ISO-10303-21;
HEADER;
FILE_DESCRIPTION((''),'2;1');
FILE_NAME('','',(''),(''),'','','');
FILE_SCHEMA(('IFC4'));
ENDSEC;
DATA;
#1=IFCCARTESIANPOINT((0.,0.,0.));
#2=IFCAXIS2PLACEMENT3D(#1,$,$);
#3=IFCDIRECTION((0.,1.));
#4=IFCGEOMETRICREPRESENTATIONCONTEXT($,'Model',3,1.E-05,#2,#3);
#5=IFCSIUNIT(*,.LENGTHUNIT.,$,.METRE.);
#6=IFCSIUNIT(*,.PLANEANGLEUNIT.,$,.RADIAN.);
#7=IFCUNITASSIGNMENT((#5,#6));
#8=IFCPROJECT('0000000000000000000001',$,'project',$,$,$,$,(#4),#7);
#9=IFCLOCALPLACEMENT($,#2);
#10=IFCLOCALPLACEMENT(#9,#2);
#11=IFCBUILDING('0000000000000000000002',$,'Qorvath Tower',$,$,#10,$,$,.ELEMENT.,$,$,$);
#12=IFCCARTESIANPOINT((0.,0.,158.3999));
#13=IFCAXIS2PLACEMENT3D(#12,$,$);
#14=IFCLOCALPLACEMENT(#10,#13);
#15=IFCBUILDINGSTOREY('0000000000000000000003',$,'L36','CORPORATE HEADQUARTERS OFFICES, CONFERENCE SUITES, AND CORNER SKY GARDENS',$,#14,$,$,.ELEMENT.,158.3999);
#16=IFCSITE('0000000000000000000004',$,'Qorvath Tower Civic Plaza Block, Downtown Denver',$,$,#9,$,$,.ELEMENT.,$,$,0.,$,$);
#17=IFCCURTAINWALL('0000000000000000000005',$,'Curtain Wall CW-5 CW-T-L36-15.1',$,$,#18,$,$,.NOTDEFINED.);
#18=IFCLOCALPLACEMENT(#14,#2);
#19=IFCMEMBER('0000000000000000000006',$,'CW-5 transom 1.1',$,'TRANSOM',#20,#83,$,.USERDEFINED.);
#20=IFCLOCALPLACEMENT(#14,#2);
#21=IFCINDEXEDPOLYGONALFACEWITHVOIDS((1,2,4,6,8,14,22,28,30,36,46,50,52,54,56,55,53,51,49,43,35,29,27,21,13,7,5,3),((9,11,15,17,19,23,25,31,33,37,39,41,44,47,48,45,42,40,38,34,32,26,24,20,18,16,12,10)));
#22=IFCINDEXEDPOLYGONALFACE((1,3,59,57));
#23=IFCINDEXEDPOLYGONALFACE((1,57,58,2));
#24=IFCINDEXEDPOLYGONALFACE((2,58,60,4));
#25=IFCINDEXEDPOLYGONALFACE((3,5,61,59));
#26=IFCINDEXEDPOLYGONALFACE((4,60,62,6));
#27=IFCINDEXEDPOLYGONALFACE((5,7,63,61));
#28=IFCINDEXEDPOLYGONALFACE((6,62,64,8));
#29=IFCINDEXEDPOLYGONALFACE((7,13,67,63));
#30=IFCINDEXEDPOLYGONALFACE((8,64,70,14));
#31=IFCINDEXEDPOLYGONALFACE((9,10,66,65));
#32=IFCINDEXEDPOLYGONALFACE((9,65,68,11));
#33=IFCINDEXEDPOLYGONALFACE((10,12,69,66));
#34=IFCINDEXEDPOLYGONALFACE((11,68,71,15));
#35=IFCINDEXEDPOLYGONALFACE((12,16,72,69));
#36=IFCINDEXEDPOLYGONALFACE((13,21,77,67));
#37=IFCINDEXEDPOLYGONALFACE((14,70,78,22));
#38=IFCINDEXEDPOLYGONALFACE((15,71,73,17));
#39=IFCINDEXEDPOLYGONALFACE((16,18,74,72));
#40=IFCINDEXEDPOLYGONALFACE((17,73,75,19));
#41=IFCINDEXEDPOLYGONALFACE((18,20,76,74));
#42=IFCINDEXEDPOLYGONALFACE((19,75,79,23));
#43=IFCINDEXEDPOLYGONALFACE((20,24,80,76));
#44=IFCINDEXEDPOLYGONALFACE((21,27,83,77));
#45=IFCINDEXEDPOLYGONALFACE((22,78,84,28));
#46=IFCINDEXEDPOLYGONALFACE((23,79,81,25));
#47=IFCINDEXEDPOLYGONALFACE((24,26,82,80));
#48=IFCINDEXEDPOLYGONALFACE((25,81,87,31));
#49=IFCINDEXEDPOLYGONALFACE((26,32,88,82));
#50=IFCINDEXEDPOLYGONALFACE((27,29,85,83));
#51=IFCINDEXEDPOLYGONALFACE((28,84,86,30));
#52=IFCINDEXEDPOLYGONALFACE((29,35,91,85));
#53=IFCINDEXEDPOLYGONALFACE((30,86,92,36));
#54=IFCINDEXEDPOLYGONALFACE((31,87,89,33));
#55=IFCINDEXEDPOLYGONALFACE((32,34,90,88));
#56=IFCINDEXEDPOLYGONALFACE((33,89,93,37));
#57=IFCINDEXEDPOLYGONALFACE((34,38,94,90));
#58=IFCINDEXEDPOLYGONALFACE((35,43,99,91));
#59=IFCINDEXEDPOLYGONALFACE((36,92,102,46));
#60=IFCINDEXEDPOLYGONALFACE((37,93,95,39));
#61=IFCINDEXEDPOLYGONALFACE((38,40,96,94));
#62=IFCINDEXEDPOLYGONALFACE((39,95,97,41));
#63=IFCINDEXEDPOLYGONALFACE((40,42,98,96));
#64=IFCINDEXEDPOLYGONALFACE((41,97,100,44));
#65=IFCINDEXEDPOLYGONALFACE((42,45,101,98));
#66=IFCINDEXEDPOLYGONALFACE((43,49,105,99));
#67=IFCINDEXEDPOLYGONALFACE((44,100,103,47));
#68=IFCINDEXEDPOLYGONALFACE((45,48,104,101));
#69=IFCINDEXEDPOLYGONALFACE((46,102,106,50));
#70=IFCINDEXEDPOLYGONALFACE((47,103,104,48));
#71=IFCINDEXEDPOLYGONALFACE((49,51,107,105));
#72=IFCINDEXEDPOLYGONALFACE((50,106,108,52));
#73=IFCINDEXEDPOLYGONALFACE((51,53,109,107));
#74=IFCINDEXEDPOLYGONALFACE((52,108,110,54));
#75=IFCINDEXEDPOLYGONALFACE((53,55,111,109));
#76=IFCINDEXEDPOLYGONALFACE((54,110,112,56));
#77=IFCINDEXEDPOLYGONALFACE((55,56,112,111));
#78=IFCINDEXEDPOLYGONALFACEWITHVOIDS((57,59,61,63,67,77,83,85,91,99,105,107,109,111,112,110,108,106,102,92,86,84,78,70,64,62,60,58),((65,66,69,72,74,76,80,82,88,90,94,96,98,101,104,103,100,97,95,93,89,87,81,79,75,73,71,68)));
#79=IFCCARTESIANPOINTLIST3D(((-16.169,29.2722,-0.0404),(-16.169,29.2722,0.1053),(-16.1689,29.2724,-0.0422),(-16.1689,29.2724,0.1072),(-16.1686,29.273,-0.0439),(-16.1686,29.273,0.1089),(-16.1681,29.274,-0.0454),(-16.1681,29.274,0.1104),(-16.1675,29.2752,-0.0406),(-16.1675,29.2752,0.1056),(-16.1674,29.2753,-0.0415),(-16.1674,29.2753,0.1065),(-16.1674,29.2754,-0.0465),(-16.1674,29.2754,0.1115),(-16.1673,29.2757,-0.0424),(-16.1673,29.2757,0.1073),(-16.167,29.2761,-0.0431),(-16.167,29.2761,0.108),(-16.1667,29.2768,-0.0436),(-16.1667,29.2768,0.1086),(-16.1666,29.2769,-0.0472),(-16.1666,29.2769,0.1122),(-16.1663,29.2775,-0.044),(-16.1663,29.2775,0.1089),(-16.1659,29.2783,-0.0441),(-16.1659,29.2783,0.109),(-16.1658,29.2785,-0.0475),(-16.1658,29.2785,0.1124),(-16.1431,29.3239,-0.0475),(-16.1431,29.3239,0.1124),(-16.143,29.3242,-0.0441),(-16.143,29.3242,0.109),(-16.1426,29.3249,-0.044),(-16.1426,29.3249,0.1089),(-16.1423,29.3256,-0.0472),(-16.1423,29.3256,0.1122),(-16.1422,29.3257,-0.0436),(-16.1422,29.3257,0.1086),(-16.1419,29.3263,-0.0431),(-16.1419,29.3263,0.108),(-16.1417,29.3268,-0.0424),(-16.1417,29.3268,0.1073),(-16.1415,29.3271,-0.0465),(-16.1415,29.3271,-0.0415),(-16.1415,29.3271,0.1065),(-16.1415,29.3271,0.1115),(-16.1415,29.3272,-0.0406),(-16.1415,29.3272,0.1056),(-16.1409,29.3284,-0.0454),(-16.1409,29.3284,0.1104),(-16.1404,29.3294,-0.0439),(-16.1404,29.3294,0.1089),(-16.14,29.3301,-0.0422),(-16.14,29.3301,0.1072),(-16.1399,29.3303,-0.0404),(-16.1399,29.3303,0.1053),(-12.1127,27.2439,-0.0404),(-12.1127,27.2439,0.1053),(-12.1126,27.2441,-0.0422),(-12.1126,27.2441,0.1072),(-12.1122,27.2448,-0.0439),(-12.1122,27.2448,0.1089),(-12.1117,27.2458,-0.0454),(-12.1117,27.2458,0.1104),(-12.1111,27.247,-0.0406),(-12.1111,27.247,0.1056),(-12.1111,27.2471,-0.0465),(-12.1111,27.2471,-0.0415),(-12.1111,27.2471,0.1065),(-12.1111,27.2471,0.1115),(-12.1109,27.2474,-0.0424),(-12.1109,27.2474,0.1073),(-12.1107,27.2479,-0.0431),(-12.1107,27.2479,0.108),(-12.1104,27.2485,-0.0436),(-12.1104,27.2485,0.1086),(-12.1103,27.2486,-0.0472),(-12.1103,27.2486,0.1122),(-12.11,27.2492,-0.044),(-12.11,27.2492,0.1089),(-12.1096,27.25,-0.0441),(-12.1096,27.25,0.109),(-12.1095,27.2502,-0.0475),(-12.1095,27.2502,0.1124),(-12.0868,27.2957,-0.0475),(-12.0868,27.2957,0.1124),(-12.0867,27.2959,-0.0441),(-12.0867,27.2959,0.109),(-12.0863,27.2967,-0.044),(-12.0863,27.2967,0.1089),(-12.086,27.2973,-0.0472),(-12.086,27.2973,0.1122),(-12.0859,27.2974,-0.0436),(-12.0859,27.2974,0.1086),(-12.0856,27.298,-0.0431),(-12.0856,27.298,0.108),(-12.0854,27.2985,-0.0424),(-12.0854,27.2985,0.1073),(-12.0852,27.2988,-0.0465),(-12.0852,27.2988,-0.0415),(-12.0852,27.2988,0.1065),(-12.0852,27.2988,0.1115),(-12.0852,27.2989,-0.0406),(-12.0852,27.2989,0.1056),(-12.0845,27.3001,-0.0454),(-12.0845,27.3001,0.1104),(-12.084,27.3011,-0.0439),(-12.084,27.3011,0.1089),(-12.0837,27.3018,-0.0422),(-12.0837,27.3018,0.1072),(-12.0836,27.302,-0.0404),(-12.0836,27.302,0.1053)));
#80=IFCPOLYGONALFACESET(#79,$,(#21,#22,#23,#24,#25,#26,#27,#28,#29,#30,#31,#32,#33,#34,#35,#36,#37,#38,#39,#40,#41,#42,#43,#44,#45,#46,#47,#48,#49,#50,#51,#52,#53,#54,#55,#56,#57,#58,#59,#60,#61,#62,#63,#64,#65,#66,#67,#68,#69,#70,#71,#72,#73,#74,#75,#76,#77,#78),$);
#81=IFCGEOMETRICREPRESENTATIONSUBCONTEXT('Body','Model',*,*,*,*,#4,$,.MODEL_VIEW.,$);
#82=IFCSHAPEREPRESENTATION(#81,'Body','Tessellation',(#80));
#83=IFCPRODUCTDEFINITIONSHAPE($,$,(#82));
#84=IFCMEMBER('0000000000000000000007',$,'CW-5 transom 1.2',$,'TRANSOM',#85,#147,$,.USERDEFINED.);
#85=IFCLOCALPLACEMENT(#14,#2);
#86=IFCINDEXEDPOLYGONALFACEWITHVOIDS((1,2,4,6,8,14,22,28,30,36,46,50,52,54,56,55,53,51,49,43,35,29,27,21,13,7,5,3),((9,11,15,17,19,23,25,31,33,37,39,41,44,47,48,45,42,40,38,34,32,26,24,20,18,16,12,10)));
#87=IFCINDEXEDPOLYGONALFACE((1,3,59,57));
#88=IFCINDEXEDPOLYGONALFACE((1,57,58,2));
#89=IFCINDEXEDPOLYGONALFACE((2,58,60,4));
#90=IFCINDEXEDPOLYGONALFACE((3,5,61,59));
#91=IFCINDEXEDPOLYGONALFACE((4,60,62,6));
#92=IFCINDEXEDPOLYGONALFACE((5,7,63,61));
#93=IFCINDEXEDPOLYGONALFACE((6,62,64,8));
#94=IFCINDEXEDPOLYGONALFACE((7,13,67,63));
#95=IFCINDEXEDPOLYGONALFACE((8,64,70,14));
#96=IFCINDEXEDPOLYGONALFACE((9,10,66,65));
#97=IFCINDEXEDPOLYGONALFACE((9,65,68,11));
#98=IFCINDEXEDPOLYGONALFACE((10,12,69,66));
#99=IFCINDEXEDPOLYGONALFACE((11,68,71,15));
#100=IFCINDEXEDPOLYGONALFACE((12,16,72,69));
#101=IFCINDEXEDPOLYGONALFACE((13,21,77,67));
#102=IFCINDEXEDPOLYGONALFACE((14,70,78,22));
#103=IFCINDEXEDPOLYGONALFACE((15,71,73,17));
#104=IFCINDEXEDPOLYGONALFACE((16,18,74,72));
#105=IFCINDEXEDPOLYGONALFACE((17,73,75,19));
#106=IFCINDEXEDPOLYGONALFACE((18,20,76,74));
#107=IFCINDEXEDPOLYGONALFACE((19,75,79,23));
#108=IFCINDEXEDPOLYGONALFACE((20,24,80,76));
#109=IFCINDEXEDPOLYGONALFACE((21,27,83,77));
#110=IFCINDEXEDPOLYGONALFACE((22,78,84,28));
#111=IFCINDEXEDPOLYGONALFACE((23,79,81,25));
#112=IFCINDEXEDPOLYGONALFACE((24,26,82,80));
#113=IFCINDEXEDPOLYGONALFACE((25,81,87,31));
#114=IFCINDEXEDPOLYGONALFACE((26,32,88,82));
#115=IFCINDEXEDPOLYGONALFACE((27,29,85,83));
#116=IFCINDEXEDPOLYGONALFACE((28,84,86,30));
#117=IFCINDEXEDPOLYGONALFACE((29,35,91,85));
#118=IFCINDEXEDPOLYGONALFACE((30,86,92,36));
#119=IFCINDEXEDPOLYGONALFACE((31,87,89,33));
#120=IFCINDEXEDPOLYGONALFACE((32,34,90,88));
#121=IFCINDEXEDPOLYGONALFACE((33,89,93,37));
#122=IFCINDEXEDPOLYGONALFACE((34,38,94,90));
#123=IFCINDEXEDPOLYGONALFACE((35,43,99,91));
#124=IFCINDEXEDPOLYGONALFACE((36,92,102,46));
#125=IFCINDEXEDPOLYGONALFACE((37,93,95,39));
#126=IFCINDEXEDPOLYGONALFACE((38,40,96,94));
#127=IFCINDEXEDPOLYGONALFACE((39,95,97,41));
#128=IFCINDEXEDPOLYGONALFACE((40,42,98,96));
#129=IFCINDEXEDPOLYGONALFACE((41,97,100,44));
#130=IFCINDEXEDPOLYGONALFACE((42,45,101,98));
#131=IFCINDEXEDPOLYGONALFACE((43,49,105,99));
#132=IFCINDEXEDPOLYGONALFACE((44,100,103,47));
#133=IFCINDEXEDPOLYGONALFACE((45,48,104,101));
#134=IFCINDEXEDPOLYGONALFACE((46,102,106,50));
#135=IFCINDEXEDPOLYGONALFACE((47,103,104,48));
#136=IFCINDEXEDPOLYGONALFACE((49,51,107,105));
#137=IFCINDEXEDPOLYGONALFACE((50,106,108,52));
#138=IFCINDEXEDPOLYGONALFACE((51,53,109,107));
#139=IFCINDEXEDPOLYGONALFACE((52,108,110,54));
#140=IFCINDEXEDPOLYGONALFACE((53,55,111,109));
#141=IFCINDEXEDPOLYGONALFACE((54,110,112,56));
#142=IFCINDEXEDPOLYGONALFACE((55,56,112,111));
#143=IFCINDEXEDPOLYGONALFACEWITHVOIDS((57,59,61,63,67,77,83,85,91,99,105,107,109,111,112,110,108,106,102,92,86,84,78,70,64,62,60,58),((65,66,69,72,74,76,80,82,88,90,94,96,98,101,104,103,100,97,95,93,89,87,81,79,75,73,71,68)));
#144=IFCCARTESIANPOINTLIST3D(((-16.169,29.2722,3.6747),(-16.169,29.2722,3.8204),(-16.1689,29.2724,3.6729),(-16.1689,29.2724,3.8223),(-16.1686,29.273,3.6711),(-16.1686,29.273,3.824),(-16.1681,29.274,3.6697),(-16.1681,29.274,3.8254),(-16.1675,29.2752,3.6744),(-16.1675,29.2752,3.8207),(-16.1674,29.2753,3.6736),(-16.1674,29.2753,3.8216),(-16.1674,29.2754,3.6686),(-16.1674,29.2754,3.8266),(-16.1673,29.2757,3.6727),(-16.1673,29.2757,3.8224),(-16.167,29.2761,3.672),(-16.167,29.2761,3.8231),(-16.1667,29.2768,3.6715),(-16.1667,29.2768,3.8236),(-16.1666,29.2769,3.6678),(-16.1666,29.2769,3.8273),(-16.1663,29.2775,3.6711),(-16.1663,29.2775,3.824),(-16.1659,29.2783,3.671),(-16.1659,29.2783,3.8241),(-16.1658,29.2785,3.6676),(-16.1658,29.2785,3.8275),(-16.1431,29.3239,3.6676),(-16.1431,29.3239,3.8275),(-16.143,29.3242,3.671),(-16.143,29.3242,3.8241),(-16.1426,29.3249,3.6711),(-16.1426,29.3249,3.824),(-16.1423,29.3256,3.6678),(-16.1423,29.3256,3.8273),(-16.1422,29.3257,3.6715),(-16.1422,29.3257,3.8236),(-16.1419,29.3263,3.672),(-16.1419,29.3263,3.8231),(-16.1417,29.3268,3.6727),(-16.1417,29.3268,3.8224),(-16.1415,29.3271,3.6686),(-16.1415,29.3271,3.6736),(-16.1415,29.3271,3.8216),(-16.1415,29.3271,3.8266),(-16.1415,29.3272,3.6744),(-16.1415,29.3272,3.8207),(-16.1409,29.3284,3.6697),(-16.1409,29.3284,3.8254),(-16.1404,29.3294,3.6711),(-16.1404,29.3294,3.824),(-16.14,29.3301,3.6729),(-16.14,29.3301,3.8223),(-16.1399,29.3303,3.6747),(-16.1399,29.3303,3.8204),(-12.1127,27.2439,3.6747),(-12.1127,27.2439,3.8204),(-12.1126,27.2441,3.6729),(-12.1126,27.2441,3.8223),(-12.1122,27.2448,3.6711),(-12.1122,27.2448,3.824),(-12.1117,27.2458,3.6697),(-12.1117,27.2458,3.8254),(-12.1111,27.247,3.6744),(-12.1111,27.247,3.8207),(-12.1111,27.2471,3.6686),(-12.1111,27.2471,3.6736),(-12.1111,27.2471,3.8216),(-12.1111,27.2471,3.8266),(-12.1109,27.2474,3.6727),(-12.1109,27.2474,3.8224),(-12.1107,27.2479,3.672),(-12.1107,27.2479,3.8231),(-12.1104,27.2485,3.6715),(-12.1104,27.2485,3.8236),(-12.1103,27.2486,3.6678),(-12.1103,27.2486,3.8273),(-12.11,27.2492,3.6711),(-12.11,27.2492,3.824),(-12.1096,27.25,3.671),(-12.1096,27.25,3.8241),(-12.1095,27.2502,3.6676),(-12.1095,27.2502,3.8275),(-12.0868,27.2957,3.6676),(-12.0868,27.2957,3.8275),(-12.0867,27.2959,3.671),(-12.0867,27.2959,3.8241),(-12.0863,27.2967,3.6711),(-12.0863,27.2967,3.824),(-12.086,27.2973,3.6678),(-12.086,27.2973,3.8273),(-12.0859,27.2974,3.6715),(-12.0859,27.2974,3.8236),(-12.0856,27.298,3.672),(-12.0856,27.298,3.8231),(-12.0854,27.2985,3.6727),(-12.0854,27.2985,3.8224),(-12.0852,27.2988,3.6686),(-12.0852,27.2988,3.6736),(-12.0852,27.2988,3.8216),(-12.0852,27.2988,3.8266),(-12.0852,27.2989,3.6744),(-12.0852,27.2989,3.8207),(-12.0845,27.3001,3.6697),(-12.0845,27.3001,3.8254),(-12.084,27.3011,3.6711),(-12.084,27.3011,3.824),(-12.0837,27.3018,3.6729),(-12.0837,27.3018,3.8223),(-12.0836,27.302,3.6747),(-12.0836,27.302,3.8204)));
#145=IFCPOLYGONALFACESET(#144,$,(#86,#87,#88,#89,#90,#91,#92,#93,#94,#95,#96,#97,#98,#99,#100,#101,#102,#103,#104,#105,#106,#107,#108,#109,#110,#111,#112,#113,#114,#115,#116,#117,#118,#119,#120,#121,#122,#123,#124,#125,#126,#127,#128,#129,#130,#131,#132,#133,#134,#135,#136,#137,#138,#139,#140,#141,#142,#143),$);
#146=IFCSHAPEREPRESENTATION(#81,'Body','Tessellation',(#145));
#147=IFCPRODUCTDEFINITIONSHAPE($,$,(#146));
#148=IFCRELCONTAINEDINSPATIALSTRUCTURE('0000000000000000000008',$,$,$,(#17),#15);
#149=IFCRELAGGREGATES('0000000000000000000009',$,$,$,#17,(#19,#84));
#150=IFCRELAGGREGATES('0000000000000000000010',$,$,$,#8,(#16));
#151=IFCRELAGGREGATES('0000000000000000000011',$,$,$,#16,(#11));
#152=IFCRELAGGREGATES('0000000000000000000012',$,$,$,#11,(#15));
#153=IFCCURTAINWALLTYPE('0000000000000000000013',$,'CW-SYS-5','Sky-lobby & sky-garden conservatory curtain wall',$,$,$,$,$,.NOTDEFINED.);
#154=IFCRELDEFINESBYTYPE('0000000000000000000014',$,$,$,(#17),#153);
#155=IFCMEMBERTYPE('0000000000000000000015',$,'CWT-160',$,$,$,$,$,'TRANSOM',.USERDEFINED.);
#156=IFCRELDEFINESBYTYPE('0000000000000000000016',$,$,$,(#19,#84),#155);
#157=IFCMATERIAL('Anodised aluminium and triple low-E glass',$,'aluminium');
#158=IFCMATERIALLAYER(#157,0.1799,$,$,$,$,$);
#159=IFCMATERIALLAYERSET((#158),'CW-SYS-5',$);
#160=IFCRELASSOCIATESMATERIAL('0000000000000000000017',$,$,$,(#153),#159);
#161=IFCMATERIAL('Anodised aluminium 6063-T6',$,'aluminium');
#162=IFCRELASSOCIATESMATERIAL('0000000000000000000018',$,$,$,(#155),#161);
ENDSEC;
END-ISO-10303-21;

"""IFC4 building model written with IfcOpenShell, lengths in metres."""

from ifc_helpers import new_model, si_unit, direction, frame, origin, origin_2d, place, context, subcontext, project, spatial, hollow_rectangle, extrude, material, layer, layer_set, material_profile, profile_set, type_object, element, aggregate, save


model = new_model("IFC4")

# Units and contexts
model_context = context("Model", 3, precision=1e-05, world=origin(), true_north=direction((0.0, 1.0)))
body_context = subcontext(model_context, "Body", "Model", "MODEL_VIEW")
ifc_project = project(units=[si_unit("LENGTHUNIT", "METRE"), si_unit("PLANEANGLEUNIT", "RADIAN")], contexts=[model_context])

# Site, building, storey
site_placement = place(None, origin())
site = spatial("IfcSite", under=ifc_project, at=site_placement, Name="Qorvath Tower Civic Plaza Block, Downtown Denver", CompositionType="ELEMENT", RefElevation=0.0)
building_placement = place(site_placement, origin())
building = spatial("IfcBuilding", under=site, at=building_placement, Name="Qorvath Tower", CompositionType="ELEMENT")
storey_placement = place(building_placement, frame((0.0, 0.0, 158.3999)))
storey = spatial("IfcBuildingStorey", under=building, at=storey_placement, Name="L36", Description="CORPORATE HEADQUARTERS OFFICES, CONFERENCE SUITES, AND CORNER SKY GARDENS", CompositionType="ELEMENT", Elevation=158.3999)

# Shared definitions
ifc_material_1 = material(Name="Anodised aluminium and triple low-E glass", Category="aluminium")
ifc_layer_1 = layer(ifc_material_1, 0.1799)
ifc_layer_set_1 = layer_set([ifc_layer_1], Name="CW-SYS-5")
curtain_wall_type = type_object("IfcCurtainWallType", Name="CW-SYS-5", Description="Sky-lobby & sky-garden conservatory curtain wall", PredefinedType="NOTDEFINED", material=ifc_layer_set_1)

# Curtain wall
curtain_wall_1_placement = place(storey_placement, origin())
curtain_wall_1 = element("IfcCurtainWall", 1, at=curtain_wall_1_placement, inside=storey, type_object=curtain_wall_type, Name="Curtain Wall CW-5 CW-T-L36-15.1", PredefinedType="NOTDEFINED")

# Members
ifc_material_2 = material(Name="Anodised aluminium 6063-T6", Category="aluminium")
ifc_material_profile_1 = material_profile(ifc_material_2, hollow_rectangle(XDim=0.0649, YDim=0.1599, WallThickness=0.0034, InnerFilletRadius=0.0034, OuterFilletRadius=0.0071, at=origin_2d()), Name="CWT 160x65")
ifc_profile_set_1 = profile_set([ifc_material_profile_1], Name="Anodised aluminium 6063-T6")
member_type_1 = type_object("IfcMemberType", Name="CWT-160", ElementType="TRANSOM", PredefinedType="USERDEFINED", material=ifc_profile_set_1)
member_1_placement = place(storey_placement, frame((-12.0981, 27.2729, 0.0325), z_axis=(-0.894416, 0.447235, 0.0), x_axis=(-0.447235, -0.894416, 0.0)))
member_1 = element("IfcMember", 2, at=member_1_placement, type_object=member_type_1, Name="CW-5 transom 1.1", ObjectType="TRANSOM", PredefinedType="USERDEFINED", context=body_context, shape_type="SweptSolid", body=[
    extrude(hollow_rectangle(XDim=0.0649, YDim=0.1599, WallThickness=0.0034, InnerFilletRadius=0.0034, OuterFilletRadius=0.0071, at=origin_2d()), origin(), (0.0, 0.0, 1.0), 4.5352),
])
member_2_placement = place(storey_placement, frame((-12.0981, 27.2729, 3.7476), z_axis=(-0.894416, 0.447235, 0.0), x_axis=(-0.447235, -0.894416, 0.0)))
member_2 = element("IfcMember", 3, at=member_2_placement, type_object=member_type_1, Name="CW-5 transom 1.2", ObjectType="TRANSOM", PredefinedType="USERDEFINED", context=body_context, shape_type="SweptSolid", body=[
    extrude(hollow_rectangle(XDim=0.0649, YDim=0.1599, WallThickness=0.0034, InnerFilletRadius=0.0034, OuterFilletRadius=0.0071, at=origin_2d()), origin(), (0.0, 0.0, 1.0), 4.5352),
])

aggregate(curtain_wall_1, [member_1, member_2])

save(model, "model.ifc")
